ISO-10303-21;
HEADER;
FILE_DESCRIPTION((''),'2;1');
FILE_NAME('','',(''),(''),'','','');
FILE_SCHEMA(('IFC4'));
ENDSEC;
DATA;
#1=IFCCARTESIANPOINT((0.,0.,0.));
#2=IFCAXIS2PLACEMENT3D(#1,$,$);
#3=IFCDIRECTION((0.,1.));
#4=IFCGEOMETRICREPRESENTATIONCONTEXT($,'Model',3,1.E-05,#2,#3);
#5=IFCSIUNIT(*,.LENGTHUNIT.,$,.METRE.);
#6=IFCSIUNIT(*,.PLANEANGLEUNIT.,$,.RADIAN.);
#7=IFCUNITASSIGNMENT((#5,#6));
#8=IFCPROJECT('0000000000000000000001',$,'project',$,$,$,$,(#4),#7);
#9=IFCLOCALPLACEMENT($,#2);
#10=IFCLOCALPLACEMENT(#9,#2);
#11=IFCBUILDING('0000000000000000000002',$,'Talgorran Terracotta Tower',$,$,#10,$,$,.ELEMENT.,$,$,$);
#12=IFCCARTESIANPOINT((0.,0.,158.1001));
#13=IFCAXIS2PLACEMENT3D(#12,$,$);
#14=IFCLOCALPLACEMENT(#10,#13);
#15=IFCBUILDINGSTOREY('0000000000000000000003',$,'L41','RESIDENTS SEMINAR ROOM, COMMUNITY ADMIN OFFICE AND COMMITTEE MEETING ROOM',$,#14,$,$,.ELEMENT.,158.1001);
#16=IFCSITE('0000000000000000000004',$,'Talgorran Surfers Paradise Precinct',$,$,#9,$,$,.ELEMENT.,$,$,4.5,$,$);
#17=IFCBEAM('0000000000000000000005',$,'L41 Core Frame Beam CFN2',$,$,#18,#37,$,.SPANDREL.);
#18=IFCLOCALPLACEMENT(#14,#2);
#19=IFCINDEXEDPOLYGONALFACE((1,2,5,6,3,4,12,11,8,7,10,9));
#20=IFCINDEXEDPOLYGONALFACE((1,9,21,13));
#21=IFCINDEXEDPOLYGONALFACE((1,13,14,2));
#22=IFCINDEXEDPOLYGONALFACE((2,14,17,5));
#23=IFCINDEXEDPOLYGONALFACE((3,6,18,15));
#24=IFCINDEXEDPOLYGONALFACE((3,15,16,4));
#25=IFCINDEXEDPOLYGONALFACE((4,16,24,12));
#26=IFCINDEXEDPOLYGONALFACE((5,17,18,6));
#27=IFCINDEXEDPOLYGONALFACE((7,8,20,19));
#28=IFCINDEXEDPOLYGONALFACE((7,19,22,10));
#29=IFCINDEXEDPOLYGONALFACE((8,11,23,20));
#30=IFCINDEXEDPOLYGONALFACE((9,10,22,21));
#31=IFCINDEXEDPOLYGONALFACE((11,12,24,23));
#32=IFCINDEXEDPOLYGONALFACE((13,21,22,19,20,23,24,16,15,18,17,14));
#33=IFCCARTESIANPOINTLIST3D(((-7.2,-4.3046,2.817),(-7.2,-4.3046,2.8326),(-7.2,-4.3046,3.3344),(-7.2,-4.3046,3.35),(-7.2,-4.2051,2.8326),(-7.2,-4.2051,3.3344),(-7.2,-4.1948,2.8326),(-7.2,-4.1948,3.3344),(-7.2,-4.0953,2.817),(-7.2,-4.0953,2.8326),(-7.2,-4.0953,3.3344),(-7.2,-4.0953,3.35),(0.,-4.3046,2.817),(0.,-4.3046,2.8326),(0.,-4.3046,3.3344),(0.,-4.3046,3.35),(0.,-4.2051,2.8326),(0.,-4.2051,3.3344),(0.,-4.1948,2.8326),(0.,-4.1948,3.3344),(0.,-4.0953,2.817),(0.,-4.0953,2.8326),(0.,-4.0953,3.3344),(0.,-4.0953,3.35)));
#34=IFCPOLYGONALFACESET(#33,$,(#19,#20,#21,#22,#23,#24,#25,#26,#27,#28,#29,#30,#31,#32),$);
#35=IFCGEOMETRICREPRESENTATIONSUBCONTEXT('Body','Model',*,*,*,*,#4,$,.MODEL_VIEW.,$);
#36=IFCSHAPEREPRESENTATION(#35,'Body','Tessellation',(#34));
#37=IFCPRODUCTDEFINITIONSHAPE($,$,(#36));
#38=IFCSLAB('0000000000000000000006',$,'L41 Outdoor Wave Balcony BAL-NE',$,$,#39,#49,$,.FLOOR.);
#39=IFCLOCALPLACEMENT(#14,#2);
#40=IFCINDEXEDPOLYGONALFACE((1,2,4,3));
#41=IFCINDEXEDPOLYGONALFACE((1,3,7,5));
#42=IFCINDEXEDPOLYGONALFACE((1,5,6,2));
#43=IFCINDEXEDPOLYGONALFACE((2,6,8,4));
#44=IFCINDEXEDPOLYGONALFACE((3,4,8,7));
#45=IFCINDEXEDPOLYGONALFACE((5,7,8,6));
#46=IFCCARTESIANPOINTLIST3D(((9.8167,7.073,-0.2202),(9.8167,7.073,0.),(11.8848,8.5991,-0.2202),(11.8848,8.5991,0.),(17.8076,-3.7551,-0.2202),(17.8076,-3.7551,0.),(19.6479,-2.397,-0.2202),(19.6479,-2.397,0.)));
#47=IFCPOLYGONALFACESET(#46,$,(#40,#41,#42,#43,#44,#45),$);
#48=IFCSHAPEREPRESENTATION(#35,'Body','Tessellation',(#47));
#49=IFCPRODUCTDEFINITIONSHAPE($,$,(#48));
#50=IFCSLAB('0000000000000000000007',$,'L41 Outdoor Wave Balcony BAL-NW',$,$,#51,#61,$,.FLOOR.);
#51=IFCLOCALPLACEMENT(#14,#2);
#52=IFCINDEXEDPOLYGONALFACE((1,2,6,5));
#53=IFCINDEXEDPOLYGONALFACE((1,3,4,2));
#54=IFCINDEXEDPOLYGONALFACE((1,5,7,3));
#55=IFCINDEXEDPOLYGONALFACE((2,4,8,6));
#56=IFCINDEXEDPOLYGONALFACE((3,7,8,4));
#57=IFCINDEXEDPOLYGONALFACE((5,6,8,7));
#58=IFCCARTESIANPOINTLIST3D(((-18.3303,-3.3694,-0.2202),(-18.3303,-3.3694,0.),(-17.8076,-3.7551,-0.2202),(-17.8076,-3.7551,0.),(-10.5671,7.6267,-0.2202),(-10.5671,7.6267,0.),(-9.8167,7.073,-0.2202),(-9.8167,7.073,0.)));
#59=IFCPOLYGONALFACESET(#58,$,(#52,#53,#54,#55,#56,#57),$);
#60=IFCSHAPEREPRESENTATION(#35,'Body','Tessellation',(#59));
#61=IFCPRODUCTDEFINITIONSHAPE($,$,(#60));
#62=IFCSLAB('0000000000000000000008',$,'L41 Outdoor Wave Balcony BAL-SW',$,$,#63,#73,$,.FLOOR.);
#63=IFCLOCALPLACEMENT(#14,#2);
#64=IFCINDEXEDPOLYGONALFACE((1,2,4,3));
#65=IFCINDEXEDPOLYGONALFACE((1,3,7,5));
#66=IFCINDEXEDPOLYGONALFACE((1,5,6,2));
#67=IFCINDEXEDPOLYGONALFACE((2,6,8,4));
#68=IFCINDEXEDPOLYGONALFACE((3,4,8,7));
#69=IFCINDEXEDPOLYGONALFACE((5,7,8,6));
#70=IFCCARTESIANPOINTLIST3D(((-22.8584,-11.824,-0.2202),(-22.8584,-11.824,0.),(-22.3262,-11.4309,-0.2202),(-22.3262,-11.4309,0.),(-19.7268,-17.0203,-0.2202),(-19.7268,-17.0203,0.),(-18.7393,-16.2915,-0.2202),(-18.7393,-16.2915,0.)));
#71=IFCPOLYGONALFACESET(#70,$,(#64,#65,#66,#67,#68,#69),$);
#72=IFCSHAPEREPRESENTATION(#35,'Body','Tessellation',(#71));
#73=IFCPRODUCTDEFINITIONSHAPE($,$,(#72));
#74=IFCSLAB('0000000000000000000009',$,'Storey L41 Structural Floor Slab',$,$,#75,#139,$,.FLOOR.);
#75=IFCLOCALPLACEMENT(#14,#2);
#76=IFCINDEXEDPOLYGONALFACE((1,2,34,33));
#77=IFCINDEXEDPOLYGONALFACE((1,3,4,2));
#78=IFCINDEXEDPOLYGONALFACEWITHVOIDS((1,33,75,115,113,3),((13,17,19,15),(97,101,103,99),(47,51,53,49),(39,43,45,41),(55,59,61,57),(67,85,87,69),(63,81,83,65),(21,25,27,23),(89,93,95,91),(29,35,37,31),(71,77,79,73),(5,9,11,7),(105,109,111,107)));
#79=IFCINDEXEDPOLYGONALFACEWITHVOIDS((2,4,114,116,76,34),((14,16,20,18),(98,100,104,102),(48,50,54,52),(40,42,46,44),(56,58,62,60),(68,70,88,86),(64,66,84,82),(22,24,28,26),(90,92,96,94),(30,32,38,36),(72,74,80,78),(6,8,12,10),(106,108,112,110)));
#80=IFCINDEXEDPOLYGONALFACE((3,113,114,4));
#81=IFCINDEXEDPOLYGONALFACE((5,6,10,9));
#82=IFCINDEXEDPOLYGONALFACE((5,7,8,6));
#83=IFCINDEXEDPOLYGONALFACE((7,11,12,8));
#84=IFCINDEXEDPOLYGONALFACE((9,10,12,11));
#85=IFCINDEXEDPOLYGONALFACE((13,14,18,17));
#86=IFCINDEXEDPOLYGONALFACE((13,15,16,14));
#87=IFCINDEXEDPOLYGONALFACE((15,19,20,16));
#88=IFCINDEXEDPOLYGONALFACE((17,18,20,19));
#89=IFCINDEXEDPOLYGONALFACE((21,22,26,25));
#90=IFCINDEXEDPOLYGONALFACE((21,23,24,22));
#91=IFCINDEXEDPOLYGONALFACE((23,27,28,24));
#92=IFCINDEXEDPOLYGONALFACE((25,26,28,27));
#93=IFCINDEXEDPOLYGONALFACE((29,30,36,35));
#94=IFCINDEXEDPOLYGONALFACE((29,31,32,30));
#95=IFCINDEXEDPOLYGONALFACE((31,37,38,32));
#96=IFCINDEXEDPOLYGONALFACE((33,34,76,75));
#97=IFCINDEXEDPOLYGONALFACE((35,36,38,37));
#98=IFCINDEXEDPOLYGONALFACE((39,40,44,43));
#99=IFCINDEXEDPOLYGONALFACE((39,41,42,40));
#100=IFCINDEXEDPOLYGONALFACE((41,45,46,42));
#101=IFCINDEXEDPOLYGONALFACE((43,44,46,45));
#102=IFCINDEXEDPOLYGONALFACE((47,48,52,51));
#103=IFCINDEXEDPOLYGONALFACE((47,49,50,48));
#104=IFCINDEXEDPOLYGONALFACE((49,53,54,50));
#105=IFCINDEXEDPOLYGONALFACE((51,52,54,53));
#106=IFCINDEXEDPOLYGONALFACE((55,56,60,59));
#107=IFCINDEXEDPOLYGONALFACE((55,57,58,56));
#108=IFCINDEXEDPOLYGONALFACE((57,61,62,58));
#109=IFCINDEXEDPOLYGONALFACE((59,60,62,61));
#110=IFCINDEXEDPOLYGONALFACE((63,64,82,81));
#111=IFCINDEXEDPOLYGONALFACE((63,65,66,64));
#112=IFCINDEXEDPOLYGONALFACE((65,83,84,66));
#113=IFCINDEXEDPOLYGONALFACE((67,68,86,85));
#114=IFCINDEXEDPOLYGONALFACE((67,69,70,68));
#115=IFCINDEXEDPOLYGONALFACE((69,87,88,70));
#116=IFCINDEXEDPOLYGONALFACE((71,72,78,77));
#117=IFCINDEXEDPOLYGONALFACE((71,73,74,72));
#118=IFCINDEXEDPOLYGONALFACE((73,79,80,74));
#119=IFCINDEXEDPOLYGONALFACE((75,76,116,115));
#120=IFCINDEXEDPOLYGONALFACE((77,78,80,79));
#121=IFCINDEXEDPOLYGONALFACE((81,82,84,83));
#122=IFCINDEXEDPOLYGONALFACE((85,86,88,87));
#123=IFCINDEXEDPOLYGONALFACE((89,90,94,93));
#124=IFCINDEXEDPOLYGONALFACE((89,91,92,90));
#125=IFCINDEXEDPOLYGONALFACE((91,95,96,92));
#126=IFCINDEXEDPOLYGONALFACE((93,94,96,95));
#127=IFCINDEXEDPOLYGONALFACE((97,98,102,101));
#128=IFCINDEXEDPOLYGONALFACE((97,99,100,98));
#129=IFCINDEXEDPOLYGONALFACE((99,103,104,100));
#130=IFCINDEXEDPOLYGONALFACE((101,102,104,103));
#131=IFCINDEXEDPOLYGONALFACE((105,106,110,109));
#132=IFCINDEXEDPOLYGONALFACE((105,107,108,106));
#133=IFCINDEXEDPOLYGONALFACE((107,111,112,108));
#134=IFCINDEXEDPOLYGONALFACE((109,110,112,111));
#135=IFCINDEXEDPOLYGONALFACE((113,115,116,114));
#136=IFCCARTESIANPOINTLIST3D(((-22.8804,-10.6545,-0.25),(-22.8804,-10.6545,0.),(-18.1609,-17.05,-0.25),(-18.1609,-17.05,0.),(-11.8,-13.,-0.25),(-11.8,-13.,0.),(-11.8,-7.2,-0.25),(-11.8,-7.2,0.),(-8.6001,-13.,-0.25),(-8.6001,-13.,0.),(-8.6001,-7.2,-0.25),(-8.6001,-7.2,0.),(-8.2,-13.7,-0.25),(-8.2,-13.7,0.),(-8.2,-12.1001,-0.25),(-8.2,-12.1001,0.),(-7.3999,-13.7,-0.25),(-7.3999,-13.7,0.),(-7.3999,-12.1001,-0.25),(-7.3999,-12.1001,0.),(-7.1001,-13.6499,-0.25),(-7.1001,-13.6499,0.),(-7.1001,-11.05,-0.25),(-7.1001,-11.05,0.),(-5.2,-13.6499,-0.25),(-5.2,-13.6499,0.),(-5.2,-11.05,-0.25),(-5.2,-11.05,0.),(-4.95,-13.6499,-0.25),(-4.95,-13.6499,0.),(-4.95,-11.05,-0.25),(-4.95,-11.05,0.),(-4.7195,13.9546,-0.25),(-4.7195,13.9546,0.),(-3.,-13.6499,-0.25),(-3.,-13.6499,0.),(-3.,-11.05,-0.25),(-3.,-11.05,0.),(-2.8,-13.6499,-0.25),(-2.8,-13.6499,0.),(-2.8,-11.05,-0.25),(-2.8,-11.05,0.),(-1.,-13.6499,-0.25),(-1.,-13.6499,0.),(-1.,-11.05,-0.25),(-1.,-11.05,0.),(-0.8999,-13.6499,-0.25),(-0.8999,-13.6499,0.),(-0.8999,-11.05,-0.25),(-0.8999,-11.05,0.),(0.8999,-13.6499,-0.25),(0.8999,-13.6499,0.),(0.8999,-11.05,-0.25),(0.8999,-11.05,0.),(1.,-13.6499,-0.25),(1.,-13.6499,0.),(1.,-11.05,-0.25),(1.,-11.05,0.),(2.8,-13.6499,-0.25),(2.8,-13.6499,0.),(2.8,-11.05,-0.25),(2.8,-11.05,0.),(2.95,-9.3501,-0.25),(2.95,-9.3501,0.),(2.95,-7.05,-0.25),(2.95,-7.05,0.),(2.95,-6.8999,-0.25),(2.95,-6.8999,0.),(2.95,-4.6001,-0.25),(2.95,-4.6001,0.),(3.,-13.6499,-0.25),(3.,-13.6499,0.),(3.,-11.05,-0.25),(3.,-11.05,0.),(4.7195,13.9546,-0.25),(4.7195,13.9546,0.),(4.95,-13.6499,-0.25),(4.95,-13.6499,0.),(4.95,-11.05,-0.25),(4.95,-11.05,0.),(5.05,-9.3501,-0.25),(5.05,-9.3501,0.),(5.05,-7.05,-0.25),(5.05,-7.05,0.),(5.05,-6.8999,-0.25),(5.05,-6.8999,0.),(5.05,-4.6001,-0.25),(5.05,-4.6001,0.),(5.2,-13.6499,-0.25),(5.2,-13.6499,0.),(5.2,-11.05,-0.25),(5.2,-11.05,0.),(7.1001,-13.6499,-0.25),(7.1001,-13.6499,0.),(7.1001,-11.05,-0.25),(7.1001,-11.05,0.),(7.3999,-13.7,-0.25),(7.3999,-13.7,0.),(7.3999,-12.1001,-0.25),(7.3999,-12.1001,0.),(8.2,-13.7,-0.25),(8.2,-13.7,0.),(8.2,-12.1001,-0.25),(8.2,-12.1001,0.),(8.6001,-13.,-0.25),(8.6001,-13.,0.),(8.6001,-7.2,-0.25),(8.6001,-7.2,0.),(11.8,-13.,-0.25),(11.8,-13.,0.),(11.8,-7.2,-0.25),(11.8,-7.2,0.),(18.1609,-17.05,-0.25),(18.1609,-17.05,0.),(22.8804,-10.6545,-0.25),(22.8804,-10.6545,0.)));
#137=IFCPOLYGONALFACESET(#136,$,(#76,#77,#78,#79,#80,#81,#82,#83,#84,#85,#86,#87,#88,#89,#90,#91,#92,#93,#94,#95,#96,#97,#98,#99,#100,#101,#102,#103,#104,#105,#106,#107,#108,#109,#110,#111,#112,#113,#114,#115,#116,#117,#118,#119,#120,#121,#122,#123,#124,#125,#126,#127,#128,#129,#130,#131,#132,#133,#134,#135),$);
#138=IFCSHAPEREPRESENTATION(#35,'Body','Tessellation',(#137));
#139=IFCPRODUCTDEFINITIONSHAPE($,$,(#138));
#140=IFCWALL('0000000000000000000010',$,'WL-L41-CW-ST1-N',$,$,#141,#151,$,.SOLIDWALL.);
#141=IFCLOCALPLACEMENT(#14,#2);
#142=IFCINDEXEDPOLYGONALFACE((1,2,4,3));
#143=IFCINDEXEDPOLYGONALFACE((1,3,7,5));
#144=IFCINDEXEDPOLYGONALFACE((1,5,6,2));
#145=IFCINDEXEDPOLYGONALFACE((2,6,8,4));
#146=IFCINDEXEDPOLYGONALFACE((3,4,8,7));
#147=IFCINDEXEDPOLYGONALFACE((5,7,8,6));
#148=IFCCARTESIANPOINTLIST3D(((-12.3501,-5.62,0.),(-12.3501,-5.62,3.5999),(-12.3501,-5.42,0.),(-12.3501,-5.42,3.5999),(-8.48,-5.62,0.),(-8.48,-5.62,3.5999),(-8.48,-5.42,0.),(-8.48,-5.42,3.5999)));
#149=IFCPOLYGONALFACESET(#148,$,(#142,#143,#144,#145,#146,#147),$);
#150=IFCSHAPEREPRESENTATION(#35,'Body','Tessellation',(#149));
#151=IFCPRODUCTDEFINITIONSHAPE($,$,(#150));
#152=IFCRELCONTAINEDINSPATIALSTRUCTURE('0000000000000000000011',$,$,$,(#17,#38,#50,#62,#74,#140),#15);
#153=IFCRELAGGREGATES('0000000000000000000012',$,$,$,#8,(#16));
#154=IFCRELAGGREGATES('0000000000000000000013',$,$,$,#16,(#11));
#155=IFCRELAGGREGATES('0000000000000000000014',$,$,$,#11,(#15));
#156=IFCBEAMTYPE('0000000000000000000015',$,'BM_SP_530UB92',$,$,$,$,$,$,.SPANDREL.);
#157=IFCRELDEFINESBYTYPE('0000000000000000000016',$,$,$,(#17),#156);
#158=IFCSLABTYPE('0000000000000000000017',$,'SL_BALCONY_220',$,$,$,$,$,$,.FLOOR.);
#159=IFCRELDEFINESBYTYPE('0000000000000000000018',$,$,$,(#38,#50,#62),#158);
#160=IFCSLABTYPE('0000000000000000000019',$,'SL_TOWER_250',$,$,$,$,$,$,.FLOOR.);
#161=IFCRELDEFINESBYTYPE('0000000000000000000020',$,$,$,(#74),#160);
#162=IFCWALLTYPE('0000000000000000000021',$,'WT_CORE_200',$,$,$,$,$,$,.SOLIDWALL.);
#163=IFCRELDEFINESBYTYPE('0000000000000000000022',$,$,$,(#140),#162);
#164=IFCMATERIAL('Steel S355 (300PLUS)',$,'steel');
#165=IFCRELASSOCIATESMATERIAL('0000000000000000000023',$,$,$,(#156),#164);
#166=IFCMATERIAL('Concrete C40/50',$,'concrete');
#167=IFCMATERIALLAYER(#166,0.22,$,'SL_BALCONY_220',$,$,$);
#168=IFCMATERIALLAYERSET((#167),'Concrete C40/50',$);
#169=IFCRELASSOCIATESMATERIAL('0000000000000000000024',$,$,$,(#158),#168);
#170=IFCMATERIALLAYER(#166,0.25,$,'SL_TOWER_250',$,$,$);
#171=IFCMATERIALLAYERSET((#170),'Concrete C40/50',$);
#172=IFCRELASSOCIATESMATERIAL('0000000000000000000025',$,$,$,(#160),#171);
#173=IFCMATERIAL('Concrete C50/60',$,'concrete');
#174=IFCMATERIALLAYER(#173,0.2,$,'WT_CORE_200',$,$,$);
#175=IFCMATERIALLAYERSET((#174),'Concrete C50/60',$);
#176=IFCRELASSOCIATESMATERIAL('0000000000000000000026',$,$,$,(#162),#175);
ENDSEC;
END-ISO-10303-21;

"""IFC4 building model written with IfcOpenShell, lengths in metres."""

from ifc_helpers import new_model, si_unit, direction, frame, frame_2d, origin, origin_2d, place, context, subcontext, project, spatial, polyline, rectangle, i_section, outline, extrude, material, layer, layer_set, material_profile, profile_set, type_object, element, save


model = new_model("IFC4")

# Units and contexts
model_context = context("Model", 3, precision=1e-05, world=origin(), true_north=direction((0.0, 1.0)))
body_context = subcontext(model_context, "Body", "Model", "MODEL_VIEW")
ifc_project = project(units=[si_unit("LENGTHUNIT", "METRE"), si_unit("PLANEANGLEUNIT", "RADIAN")], contexts=[model_context])

# Site, building, storey
site_placement = place(None, origin())
site = spatial("IfcSite", under=ifc_project, at=site_placement, Name="Talgorran Surfers Paradise Precinct", CompositionType="ELEMENT", RefElevation=4.5)
building_placement = place(site_placement, origin())
building = spatial("IfcBuilding", under=site, at=building_placement, Name="Talgorran Terracotta Tower", CompositionType="ELEMENT")
storey_placement = place(building_placement, frame((0.0, 0.0, 158.1001)))
storey = spatial("IfcBuildingStorey", under=building, at=storey_placement, Name="L41", Description="RESIDENTS SEMINAR ROOM, COMMUNITY ADMIN OFFICE AND COMMITTEE MEETING ROOM", CompositionType="ELEMENT", Elevation=158.1001)

# Shared definitions
ifc_material_1 = material(Name="Steel S355 (300PLUS)", Category="steel")

# Beam
ifc_material_profile_1 = material_profile(ifc_material_1, i_section(OverallWidth=0.2092, OverallDepth=0.533, WebThickness=0.0103, FlangeThickness=0.0156, at=origin_2d()), Name="530UB92.4")
ifc_profile_set_1 = profile_set([ifc_material_profile_1], Name="Steel S355 (300PLUS)")
beam_type_1 = type_object("IfcBeamType", Name="BM_SP_530UB92", PredefinedType="SPANDREL", material=ifc_profile_set_1)
beam_1_placement = place(storey_placement, frame((-7.2, -4.2, 3.0835), z_axis=(1.0, 0.0, 0.0), x_axis=(0.0, 1.0, 0.0)))
element("IfcBeam", 1, at=beam_1_placement, inside=storey, type_object=beam_type_1, Name="L41 Core Frame Beam CFN2", PredefinedType="SPANDREL", context=body_context, shape_type="SweptSolid", body=[
    extrude(i_section(OverallWidth=0.2092, OverallDepth=0.533, WebThickness=0.0103, FlangeThickness=0.0156, at=origin_2d()), origin(), (0.0, 0.0, 1.0), 7.2),
])

# Slabs
ifc_material_2 = material(Name="Concrete C40/50", Category="concrete")
ifc_layer_1 = layer(ifc_material_2, 0.22, Name="SL_BALCONY_220")
ifc_layer_set_1 = layer_set([ifc_layer_1], Name="Concrete C40/50")
slab_type_1 = type_object("IfcSlabType", Name="SL_BALCONY_220", PredefinedType="FLOOR", material=ifc_layer_set_1)
slab_1_placement = place(storey_placement, frame((0.0, 0.0, -0.2202)))
element("IfcSlab", 2, at=slab_1_placement, inside=storey, type_object=slab_type_1, Name="L41 Outdoor Wave Balcony BAL-NE", PredefinedType="FLOOR", context=body_context, shape_type="SweptSolid", body=[
    extrude(outline(polyline([(9.8167, 7.073), (17.8076, -3.7551), (19.6479, -2.397), (11.8848, 8.5991), (9.8167, 7.073)])), origin(), (0.0, 0.0, 1.0), 0.2202),
])
slab_2_placement = place(storey_placement, frame((0.0, 0.0, -0.2202)))
element("IfcSlab", 3, at=slab_2_placement, inside=storey, type_object=slab_type_1, Name="L41 Outdoor Wave Balcony BAL-NW", PredefinedType="FLOOR", context=body_context, shape_type="SweptSolid", body=[
    extrude(outline(polyline([(-17.8076, -3.7551), (-9.8167, 7.073), (-10.5671, 7.6267), (-18.3303, -3.3694), (-17.8076, -3.7551)])), origin(), (0.0, 0.0, 1.0), 0.2202),
])
slab_3_placement = place(storey_placement, frame((0.0, 0.0, -0.2202)))
element("IfcSlab", 4, at=slab_3_placement, inside=storey, type_object=slab_type_1, Name="L41 Outdoor Wave Balcony BAL-SW", PredefinedType="FLOOR", context=body_context, shape_type="SweptSolid", body=[
    extrude(outline(polyline([(-18.7393, -16.2915), (-22.3262, -11.4309), (-22.8584, -11.824), (-19.7268, -17.0203), (-18.7393, -16.2915)])), origin(), (0.0, 0.0, 1.0), 0.2202),
])
ifc_layer_2 = layer(ifc_material_2, 0.25, Name="SL_TOWER_250")
ifc_layer_set_2 = layer_set([ifc_layer_2], Name="Concrete C40/50")
slab_type_2 = type_object("IfcSlabType", Name="SL_TOWER_250", PredefinedType="FLOOR", material=ifc_layer_set_2)
slab_4_placement = place(storey_placement, frame((0.0, 0.0, -0.25)))
element("IfcSlab", 5, at=slab_4_placement, inside=storey, type_object=slab_type_2, Name="Storey L41 Structural Floor Slab", PredefinedType="FLOOR", context=body_context, shape_type="SweptSolid", body=[
    extrude(outline(polyline([(-22.8804, -10.6545), (-18.1609, -17.05), (18.1609, -17.05), (22.8804, -10.6545), (4.7195, 13.9546), (-4.7195, 13.9546), (-22.8804, -10.6545)]), holes=[polyline([(-11.8, -7.2), (-11.8, -13.0), (-8.6001, -13.0), (-8.6001, -7.2), (-11.8, -7.2)]), polyline([(8.6001, -7.2), (8.6001, -13.0), (11.8, -13.0), (11.8, -7.2), (8.6001, -7.2)]), polyline([(-7.1001, -13.6499), (-5.2, -13.6499), (-5.2, -11.05), (-7.1001, -11.05), (-7.1001, -13.6499)]), polyline([(5.2, -13.6499), (7.1001, -13.6499), (7.1001, -11.05), (5.2, -11.05), (5.2, -13.6499)]), polyline([(3.0, -13.6499), (4.95, -13.6499), (4.95, -11.05), (3.0, -11.05), (3.0, -13.6499)]), polyline([(-4.95, -13.6499), (-3.0, -13.6499), (-3.0, -11.05), (-4.95, -11.05), (-4.95, -13.6499)]), polyline([(2.95, -9.3501), (5.05, -9.3501), (5.05, -7.05), (2.95, -7.05), (2.95, -9.3501)]), polyline([(2.95, -6.8999), (5.05, -6.8999), (5.05, -4.6001), (2.95, -4.6001), (2.95, -6.8999)]), polyline([(-2.8, -13.6499), (-1.0, -13.6499), (-1.0, -11.05), (-2.8, -11.05), (-2.8, -13.6499)]), polyline([(-0.8999, -13.6499), (0.8999, -13.6499), (0.8999, -11.05), (-0.8999, -11.05), (-0.8999, -13.6499)]), polyline([(1.0, -13.6499), (2.8, -13.6499), (2.8, -11.05), (1.0, -11.05), (1.0, -13.6499)]), polyline([(-8.2, -13.7), (-7.3999, -13.7), (-7.3999, -12.1001), (-8.2, -12.1001), (-8.2, -13.7)]), polyline([(7.3999, -13.7), (8.2, -13.7), (8.2, -12.1001), (7.3999, -12.1001), (7.3999, -13.7)])]), origin(), (0.0, 0.0, 1.0), 0.25),
])

# Wall
ifc_material_3 = material(Name="Concrete C50/60", Category="concrete")
ifc_layer_3 = layer(ifc_material_3, 0.2, Name="WT_CORE_200")
ifc_layer_set_3 = layer_set([ifc_layer_3], Name="Concrete C50/60")
wall_type_1 = type_object("IfcWallType", Name="WT_CORE_200", PredefinedType="SOLIDWALL", material=ifc_layer_set_3)
wall_1_placement = place(storey_placement, frame((-12.3501, -5.52, 0.0), z_axis=(0.0, 0.0, 1.0), x_axis=(1.0, 0.0, 0.0)))
element("IfcWall", 6, at=wall_1_placement, inside=storey, type_object=wall_type_1, Name="WL-L41-CW-ST1-N", PredefinedType="SOLIDWALL", context=body_context, shape_type="SweptSolid", body=[
    extrude(rectangle(XDim=3.8701, YDim=0.2, at=frame_2d((1.9351, 0.0))), origin(), (0.0, 0.0, 1.0), 3.5999),
])

save(model, "model.ifc")
